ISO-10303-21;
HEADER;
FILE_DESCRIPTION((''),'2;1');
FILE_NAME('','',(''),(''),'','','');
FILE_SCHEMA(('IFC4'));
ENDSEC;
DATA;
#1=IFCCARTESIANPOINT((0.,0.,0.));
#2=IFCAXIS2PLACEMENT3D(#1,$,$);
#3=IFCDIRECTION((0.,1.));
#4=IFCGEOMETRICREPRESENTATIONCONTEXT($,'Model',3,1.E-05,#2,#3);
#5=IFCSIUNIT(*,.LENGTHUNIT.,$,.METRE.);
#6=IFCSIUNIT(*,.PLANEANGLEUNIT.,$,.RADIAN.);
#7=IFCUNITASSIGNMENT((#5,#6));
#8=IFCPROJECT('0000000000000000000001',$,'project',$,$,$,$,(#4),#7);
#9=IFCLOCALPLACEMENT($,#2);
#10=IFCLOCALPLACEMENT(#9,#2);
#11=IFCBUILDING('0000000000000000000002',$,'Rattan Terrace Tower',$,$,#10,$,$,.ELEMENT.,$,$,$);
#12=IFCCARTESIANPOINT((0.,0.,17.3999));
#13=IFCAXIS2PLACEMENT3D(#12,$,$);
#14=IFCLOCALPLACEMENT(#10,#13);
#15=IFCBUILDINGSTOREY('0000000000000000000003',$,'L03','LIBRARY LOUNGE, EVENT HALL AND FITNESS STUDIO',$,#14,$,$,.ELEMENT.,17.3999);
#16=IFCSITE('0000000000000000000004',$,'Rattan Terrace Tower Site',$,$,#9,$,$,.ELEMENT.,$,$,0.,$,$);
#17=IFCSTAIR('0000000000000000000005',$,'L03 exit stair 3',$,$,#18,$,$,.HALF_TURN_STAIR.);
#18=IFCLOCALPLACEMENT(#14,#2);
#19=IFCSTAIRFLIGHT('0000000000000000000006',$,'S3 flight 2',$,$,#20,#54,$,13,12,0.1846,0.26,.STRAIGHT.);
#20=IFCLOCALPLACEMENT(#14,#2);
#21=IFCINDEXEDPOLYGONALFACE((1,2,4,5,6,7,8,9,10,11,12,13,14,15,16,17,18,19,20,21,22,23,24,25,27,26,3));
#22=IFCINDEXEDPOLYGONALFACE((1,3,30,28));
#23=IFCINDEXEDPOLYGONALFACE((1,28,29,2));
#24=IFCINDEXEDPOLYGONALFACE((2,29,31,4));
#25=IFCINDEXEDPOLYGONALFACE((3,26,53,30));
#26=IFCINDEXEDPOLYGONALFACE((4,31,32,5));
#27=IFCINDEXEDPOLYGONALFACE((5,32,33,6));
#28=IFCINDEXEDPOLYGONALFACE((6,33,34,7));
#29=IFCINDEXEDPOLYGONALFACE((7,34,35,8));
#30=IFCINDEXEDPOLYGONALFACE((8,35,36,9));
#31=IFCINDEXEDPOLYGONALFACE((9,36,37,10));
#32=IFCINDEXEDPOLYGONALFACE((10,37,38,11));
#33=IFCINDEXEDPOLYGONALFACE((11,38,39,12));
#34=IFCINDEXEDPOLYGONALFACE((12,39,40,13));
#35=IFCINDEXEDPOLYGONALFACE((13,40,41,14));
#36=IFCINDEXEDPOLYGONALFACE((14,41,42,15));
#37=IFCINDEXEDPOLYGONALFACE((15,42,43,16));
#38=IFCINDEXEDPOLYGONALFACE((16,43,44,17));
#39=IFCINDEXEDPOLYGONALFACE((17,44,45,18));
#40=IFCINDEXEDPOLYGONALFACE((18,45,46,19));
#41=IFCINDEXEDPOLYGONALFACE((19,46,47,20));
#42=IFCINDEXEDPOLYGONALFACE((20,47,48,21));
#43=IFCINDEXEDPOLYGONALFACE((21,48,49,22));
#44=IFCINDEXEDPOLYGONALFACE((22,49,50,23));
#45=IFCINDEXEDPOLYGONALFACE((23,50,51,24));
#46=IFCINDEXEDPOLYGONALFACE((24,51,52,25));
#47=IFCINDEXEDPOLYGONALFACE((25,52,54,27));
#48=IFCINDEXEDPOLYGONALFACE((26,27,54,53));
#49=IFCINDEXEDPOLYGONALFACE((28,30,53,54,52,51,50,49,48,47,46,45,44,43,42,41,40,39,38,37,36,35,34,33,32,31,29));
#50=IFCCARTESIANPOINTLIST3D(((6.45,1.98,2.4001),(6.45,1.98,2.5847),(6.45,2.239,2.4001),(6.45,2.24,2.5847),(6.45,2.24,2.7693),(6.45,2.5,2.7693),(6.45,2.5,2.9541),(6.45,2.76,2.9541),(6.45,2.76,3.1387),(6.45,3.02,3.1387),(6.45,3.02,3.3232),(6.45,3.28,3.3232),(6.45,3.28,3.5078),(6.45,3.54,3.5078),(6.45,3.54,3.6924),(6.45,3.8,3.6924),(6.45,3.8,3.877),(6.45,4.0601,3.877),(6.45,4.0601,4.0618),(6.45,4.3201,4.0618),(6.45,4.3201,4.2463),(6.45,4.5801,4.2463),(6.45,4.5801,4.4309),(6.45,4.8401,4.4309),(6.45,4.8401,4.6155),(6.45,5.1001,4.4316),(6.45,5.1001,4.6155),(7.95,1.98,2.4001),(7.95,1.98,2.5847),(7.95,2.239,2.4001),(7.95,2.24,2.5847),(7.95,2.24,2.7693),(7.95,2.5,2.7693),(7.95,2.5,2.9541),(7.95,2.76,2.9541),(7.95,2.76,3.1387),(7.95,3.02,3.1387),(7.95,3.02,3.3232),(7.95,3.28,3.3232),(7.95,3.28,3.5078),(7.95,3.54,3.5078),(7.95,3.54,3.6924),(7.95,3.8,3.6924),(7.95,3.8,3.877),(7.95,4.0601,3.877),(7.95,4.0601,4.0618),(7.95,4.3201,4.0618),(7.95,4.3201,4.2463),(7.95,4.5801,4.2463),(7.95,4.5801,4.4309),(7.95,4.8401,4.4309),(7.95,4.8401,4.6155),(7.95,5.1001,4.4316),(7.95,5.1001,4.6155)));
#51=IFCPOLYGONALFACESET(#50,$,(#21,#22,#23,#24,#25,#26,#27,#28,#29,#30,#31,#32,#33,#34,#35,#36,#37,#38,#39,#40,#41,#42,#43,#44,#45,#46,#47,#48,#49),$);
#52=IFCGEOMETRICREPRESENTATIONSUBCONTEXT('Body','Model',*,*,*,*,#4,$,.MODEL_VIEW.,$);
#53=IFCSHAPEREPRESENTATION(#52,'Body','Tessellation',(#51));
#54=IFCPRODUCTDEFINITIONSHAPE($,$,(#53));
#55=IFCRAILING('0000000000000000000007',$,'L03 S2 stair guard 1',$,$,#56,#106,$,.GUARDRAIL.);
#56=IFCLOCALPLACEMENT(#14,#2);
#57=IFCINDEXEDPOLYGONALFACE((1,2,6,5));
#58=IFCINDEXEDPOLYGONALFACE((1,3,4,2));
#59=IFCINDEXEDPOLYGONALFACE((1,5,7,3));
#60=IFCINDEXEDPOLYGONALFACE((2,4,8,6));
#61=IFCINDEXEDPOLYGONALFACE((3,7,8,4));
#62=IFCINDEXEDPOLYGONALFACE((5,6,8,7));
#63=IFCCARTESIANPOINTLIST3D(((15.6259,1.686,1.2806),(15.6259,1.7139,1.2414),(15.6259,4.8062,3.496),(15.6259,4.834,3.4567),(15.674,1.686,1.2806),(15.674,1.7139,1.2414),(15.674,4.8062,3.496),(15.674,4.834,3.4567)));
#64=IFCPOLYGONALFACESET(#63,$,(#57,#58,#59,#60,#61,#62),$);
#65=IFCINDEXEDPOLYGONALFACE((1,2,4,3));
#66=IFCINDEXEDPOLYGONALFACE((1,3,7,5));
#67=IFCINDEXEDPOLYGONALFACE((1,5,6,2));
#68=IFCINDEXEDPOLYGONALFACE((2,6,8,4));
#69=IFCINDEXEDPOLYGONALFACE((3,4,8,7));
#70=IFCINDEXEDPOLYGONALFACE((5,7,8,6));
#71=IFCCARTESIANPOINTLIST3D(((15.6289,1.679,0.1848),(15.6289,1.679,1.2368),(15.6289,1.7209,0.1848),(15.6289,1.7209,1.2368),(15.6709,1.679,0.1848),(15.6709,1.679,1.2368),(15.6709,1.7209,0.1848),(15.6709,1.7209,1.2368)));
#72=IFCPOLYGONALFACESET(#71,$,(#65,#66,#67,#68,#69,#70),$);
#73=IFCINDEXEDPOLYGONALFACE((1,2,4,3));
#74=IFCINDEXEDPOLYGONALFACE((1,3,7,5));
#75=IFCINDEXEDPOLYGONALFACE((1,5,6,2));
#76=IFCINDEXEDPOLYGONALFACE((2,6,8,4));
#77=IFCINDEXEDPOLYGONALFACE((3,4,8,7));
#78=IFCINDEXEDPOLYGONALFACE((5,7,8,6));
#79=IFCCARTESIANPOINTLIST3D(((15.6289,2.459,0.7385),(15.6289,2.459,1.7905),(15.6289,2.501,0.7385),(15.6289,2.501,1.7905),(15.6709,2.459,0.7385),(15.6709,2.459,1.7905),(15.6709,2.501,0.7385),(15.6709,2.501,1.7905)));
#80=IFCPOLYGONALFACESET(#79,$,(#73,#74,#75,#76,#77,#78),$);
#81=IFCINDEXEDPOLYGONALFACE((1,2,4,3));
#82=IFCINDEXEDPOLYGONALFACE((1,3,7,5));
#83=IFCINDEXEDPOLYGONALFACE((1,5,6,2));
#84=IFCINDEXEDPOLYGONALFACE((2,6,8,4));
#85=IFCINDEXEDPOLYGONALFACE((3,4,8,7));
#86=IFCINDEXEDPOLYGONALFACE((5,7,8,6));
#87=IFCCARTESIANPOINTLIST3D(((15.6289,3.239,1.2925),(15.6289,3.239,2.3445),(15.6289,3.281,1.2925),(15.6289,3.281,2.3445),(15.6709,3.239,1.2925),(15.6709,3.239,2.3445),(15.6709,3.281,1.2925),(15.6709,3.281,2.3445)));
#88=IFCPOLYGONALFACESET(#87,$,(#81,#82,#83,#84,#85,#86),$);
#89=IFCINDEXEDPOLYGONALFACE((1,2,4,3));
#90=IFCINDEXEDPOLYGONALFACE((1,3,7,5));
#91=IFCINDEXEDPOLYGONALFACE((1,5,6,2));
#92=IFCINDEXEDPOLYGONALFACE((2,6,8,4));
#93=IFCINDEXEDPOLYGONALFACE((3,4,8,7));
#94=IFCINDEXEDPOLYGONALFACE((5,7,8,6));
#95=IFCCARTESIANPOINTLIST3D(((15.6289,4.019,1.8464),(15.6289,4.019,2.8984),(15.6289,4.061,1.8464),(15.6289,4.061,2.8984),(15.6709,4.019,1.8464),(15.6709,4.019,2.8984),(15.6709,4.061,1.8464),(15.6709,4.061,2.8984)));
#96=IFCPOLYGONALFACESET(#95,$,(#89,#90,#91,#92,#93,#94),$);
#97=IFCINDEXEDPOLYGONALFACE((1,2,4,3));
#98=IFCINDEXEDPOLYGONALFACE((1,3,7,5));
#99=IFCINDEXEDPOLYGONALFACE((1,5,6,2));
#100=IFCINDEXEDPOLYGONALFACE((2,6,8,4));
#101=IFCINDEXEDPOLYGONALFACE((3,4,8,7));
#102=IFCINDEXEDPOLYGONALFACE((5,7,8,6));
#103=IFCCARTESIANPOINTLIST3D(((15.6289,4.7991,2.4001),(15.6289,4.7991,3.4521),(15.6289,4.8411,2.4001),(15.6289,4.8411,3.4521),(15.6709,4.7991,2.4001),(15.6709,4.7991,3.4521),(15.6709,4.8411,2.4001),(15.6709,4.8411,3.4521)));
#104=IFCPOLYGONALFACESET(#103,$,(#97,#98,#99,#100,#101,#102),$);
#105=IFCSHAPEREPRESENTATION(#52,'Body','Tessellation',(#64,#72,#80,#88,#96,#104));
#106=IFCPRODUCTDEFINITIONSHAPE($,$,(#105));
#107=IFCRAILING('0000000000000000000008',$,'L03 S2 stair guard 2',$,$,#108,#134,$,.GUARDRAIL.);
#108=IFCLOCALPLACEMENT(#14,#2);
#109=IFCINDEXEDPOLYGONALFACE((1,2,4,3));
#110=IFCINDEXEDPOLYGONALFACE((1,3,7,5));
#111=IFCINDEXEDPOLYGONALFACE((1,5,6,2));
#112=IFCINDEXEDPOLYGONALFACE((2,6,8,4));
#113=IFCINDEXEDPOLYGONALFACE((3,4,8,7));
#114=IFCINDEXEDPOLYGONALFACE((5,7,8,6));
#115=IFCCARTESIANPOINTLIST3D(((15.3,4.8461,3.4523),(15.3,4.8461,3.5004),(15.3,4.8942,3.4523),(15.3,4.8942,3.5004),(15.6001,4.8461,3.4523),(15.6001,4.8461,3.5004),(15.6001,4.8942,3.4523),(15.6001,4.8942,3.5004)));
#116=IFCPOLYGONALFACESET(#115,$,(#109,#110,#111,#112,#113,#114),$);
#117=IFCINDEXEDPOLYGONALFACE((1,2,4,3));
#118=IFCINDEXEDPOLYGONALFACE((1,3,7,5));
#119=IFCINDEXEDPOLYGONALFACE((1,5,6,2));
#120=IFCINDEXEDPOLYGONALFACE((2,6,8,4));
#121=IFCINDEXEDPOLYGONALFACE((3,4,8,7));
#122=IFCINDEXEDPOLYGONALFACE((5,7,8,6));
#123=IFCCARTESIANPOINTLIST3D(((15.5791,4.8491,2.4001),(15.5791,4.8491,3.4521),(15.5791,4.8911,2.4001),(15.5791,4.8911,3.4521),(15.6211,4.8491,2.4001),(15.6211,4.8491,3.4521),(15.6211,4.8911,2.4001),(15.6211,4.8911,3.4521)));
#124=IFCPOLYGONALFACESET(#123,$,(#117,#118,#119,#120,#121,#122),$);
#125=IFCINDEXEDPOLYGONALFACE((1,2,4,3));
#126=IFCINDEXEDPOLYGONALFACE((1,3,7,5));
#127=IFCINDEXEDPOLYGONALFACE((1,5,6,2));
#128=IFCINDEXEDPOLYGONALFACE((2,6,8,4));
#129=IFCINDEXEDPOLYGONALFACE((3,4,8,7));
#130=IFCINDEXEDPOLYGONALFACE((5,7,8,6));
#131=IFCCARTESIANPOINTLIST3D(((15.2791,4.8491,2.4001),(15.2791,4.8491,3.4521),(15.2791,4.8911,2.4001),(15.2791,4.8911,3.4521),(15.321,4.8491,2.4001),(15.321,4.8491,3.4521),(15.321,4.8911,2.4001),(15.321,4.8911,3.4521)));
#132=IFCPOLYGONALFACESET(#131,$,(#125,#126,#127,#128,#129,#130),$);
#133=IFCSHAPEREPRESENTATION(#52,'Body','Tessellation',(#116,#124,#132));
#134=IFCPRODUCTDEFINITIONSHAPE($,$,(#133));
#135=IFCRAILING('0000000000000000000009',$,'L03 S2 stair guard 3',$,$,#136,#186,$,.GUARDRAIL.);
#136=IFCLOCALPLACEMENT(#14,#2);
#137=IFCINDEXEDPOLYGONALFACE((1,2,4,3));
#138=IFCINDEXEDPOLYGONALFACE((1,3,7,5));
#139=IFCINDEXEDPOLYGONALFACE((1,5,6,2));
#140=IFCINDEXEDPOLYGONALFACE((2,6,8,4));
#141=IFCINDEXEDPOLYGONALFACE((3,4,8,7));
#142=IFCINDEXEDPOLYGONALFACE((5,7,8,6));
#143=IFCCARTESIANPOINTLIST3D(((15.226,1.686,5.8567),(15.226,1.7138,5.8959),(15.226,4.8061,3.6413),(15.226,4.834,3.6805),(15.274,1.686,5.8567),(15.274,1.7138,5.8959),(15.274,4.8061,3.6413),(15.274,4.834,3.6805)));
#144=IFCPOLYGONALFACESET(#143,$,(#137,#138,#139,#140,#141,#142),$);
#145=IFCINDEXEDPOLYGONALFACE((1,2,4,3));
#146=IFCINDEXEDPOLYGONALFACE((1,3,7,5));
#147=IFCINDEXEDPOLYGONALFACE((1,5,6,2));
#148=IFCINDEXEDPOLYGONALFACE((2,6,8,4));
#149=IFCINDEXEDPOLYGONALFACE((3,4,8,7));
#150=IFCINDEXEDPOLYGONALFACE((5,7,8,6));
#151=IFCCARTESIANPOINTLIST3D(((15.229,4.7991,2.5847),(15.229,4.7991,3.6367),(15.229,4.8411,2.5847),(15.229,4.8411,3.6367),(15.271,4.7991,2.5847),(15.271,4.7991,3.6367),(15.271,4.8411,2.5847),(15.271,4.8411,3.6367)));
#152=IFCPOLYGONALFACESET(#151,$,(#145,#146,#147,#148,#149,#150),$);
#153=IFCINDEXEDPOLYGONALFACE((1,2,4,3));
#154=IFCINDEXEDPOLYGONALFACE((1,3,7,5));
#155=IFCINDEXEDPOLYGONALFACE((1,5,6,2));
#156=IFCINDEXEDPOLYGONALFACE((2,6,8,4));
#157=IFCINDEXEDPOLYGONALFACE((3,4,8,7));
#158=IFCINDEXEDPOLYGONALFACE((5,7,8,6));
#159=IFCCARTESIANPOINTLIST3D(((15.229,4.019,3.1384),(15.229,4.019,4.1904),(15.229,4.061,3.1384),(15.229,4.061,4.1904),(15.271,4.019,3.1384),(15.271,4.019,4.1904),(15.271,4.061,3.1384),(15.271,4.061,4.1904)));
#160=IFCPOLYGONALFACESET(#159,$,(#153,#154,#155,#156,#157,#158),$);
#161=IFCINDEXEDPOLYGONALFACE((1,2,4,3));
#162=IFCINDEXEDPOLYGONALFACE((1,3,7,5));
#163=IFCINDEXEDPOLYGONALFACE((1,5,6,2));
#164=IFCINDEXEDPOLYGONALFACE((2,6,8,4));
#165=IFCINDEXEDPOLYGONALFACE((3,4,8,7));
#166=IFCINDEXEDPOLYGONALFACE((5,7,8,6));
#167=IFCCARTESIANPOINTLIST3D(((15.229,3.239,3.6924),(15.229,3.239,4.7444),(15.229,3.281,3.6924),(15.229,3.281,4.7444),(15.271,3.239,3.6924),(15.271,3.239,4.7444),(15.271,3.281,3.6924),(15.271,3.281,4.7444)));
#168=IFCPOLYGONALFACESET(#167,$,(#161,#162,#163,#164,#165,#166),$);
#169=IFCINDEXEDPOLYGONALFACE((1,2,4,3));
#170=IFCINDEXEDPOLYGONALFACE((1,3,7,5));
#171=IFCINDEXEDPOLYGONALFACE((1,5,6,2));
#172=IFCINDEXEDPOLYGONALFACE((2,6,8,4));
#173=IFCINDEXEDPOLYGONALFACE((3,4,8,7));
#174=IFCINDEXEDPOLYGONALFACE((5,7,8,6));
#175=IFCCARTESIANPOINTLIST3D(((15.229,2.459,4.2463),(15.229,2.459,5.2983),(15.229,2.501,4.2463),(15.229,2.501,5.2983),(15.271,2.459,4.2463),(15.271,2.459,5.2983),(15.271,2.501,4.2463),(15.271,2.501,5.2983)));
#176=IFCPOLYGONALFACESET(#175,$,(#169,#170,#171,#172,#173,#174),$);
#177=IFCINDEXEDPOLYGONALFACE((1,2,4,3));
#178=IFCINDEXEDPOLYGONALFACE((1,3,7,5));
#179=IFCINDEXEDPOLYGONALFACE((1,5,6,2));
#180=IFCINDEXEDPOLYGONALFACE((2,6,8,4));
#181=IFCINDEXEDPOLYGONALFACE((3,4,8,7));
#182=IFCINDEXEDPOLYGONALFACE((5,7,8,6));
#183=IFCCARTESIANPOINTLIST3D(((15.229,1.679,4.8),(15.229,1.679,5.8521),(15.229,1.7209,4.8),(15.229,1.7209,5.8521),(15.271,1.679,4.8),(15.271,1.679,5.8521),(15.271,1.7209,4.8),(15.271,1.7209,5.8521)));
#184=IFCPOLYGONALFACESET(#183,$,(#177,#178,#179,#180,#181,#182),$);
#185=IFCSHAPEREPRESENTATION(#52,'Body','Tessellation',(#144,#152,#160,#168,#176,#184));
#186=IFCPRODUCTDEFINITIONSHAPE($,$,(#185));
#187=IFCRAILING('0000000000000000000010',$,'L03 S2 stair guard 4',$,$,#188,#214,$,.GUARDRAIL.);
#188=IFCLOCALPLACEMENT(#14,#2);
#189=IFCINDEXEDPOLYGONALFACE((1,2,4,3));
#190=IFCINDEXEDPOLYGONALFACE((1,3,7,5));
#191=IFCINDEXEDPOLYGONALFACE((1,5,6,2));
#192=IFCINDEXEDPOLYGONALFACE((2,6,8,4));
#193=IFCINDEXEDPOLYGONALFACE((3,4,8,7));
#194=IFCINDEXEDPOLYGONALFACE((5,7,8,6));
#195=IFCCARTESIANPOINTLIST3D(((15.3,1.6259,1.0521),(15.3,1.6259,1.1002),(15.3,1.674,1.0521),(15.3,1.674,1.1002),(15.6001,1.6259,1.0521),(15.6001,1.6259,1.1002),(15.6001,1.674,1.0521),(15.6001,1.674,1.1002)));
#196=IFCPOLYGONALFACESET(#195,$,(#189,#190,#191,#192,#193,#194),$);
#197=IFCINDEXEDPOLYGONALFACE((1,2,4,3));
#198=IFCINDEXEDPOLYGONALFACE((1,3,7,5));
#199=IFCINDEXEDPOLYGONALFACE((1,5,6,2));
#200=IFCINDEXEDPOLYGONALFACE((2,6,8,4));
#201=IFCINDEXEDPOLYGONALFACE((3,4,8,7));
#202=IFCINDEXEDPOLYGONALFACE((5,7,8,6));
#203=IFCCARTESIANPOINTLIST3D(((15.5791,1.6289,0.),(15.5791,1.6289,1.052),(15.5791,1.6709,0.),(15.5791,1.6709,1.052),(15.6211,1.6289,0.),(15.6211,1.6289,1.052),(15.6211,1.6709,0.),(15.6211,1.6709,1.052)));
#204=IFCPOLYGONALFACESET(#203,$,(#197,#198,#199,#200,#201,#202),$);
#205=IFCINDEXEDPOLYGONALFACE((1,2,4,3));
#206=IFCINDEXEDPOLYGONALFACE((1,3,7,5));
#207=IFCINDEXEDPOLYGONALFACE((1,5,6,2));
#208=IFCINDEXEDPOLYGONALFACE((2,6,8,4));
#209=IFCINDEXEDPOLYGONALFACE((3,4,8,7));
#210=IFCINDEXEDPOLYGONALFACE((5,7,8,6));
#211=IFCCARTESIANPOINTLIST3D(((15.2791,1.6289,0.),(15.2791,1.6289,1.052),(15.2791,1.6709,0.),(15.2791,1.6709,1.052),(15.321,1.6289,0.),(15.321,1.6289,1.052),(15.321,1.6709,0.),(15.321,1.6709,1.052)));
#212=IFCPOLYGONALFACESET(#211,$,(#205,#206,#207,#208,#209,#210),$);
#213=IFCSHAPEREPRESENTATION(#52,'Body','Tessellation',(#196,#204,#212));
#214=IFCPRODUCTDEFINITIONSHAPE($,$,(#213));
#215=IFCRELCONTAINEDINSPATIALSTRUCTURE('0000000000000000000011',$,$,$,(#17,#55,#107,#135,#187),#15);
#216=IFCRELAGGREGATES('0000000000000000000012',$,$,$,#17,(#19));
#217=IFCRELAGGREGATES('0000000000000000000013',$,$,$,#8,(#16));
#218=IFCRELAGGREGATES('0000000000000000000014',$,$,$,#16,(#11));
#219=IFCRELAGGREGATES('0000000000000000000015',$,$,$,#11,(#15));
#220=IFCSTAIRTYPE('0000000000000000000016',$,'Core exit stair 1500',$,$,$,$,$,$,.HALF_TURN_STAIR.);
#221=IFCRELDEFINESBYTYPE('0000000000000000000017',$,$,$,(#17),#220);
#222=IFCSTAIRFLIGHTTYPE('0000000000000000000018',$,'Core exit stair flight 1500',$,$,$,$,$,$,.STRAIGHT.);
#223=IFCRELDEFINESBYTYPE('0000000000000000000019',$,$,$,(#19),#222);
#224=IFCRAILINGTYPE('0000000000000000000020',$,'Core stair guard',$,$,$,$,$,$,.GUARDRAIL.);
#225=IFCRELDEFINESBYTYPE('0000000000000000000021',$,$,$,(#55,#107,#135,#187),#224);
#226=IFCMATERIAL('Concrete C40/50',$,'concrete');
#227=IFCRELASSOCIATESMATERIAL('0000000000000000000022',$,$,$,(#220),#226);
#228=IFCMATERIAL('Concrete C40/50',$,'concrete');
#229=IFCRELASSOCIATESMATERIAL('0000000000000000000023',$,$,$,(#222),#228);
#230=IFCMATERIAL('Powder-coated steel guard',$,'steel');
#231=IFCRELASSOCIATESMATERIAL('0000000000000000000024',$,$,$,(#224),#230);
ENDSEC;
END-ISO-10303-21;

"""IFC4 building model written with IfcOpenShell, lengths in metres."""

from ifc_helpers import new_model, si_unit, direction, frame, origin, origin_2d, place, context, subcontext, project, spatial, polyline, rectangle, outline, extrude, material, type_object, element, aggregate, save


model = new_model("IFC4")

# Units and contexts
model_context = context("Model", 3, precision=1e-05, world=origin(), true_north=direction((0.0, 1.0)))
body_context = subcontext(model_context, "Body", "Model", "MODEL_VIEW")
ifc_project = project(units=[si_unit("LENGTHUNIT", "METRE"), si_unit("PLANEANGLEUNIT", "RADIAN")], contexts=[model_context])

# Site, building, storey
site_placement = place(None, origin())
site = spatial("IfcSite", under=ifc_project, at=site_placement, Name="Rattan Terrace Tower Site", CompositionType="ELEMENT", RefElevation=0.0)
building_placement = place(site_placement, origin())
building = spatial("IfcBuilding", under=site, at=building_placement, Name="Rattan Terrace Tower", CompositionType="ELEMENT")
storey_placement = place(building_placement, frame((0.0, 0.0, 17.3999)))
storey = spatial("IfcBuildingStorey", under=building, at=storey_placement, Name="L03", Description="LIBRARY LOUNGE, EVENT HALL AND FITNESS STUDIO", CompositionType="ELEMENT", Elevation=17.3999)

# Shared definitions
ifc_material_1 = material(Name="Concrete C40/50", Category="concrete")
stair_type = type_object("IfcStairType", Name="Core exit stair 1500", PredefinedType="HALF_TURN_STAIR", material=ifc_material_1)
ifc_material_2 = material(Name="Concrete C40/50", Category="concrete")
stair_flight_type = type_object("IfcStairFlightType", Name="Core exit stair flight 1500", PredefinedType="STRAIGHT", material=ifc_material_2)

# Stair, stair flight
stair_1_placement = place(storey_placement, origin())
stair_1 = element("IfcStair", 1, at=stair_1_placement, inside=storey, type_object=stair_type, Name="L03 exit stair 3", PredefinedType="HALF_TURN_STAIR")
stair_flight_1_placement = place(storey_placement, frame((7.2, 1.98, 2.4001), z_axis=(0.0, 0.0, 1.0), x_axis=(0.0, 1.0, 0.0)))
stair_flight_1 = element("IfcStairFlight", 2, at=stair_flight_1_placement, type_object=stair_flight_type, Name="S3 flight 2", NumberOfRisers=13, NumberOfTreads=12, PredefinedType="STRAIGHT", RiserHeight=0.1846, TreadLength=0.26, context=body_context, shape_type="SweptSolid", body=[
    extrude(outline(polyline([(0.0, 0.0), (0.0, 0.1846), (0.26, 0.1846), (0.26, 0.3691), (0.52, 0.3691), (0.52, 0.554), (0.78, 0.554), (0.78, 0.7385), (1.04, 0.7385), (1.04, 0.9231), (1.3, 0.9231), (1.3, 1.1077), (1.5601, 1.1077), (1.5601, 1.2922), (1.8201, 1.2922), (1.8201, 1.4768), (2.0801, 1.4768), (2.0801, 1.6616), (2.3401, 1.6616), (2.3401, 1.8462), (2.6001, 1.8462), (2.6001, 2.0308), (2.8601, 2.0308), (2.8601, 2.2153), (3.1201, 2.2153), (3.1201, 2.3999), (3.1201, 2.0315), (0.259, 0.0), (0.0, 0.0)])), frame((0.0, 0.75, 0.0), z_axis=(0.0, -1.0, 0.0), x_axis=(1.0, 0.0, 0.0)), (0.0, 0.0, 1.0), 1.5),
])
aggregate(stair_1, [stair_flight_1])

# Railings
ifc_material_3 = material(Name="Powder-coated steel guard", Category="steel")
railing_type_1 = type_object("IfcRailingType", Name="Core stair guard", PredefinedType="GUARDRAIL", material=ifc_material_3)
railing_1_placement = place(storey_placement, frame((15.6499, 1.7, 0.1848)))
element("IfcRailing", 3, at=railing_1_placement, inside=storey, type_object=railing_type_1, Name="L03 S2 stair guard 1", PredefinedType="GUARDRAIL", context=body_context, shape_type="SweptSolid", body=[
    extrude(rectangle(XDim=0.0481, YDim=0.0481, at=origin_2d()), frame((0.0, 0.0, 1.0762), z_axis=(0.0, 0.815377, 0.57893), x_axis=(-1.0, 0.0, 0.0)), (0.0, 0.0, 1.0), 3.8267),
    extrude(rectangle(XDim=0.042, YDim=0.042, at=origin_2d()), origin(), (0.0, 0.0, 1.0), 1.052),
    extrude(rectangle(XDim=0.042, YDim=0.042, at=origin_2d()), frame((0.0, 0.78, 0.5537)), (0.0, 0.0, 1.0), 1.052),
    extrude(rectangle(XDim=0.042, YDim=0.042, at=origin_2d()), frame((0.0, 1.5601, 1.1077)), (0.0, 0.0, 1.0), 1.052),
    extrude(rectangle(XDim=0.042, YDim=0.042, at=origin_2d()), frame((0.0, 2.3401, 1.6616)), (0.0, 0.0, 1.0), 1.052),
    extrude(rectangle(XDim=0.042, YDim=0.042, at=origin_2d()), frame((0.0, 3.1201, 2.2153)), (0.0, 0.0, 1.0), 1.052),
])
railing_2_placement = place(storey_placement, frame((15.6001, 4.8701, 2.4001)))
element("IfcRailing", 4, at=railing_2_placement, inside=storey, type_object=railing_type_1, Name="L03 S2 stair guard 2", PredefinedType="GUARDRAIL", context=body_context, shape_type="SweptSolid", body=[
    extrude(rectangle(XDim=0.0481, YDim=0.0481, at=origin_2d()), frame((0.0, 0.0, 1.0762), z_axis=(-1.0, 0.0, 0.0), x_axis=(0.0, -1.0, 0.0)), (0.0, 0.0, 1.0), 0.3),
    extrude(rectangle(XDim=0.042, YDim=0.042, at=origin_2d()), origin(), (0.0, 0.0, 1.0), 1.052),
    extrude(rectangle(XDim=0.042, YDim=0.042, at=origin_2d()), frame((-0.3, 0.0, 0.0)), (0.0, 0.0, 1.0), 1.052),
])
railing_3_placement = place(storey_placement, frame((15.25, 4.8201, 2.5847)))
element("IfcRailing", 5, at=railing_3_placement, inside=storey, type_object=railing_type_1, Name="L03 S2 stair guard 3", PredefinedType="GUARDRAIL", context=body_context, shape_type="SweptSolid", body=[
    extrude(rectangle(XDim=0.0481, YDim=0.0481, at=origin_2d()), frame((0.0, 0.0, 1.0762), z_axis=(0.0, -0.815377, 0.57893), x_axis=(1.0, 0.0, 0.0)), (0.0, 0.0, 1.0), 3.8267),
    extrude(rectangle(XDim=0.042, YDim=0.042, at=origin_2d()), origin(), (0.0, 0.0, 1.0), 1.052),
    extrude(rectangle(XDim=0.042, YDim=0.042, at=origin_2d()), frame((0.0, -0.78, 0.5537)), (0.0, 0.0, 1.0), 1.052),
    extrude(rectangle(XDim=0.042, YDim=0.042, at=origin_2d()), frame((0.0, -1.5601, 1.1077)), (0.0, 0.0, 1.0), 1.052),
    extrude(rectangle(XDim=0.042, YDim=0.042, at=origin_2d()), frame((0.0, -2.3401, 1.6616)), (0.0, 0.0, 1.0), 1.052),
    extrude(rectangle(XDim=0.042, YDim=0.042, at=origin_2d()), frame((0.0, -3.1201, 2.2153)), (0.0, 0.0, 1.0), 1.052),
])
railing_4_placement = place(storey_placement, frame((15.6001, 1.6499, 0.0)))
element("IfcRailing", 6, at=railing_4_placement, inside=storey, type_object=railing_type_1, Name="L03 S2 stair guard 4", PredefinedType="GUARDRAIL", context=body_context, shape_type="SweptSolid", body=[
    extrude(rectangle(XDim=0.0481, YDim=0.0481, at=origin_2d()), frame((0.0, 0.0, 1.0762), z_axis=(-1.0, 0.0, 0.0), x_axis=(0.0, -1.0, 0.0)), (0.0, 0.0, 1.0), 0.3),
    extrude(rectangle(XDim=0.042, YDim=0.042, at=origin_2d()), origin(), (0.0, 0.0, 1.0), 1.052),
    extrude(rectangle(XDim=0.042, YDim=0.042, at=origin_2d()), frame((-0.3, 0.0, 0.0)), (0.0, 0.0, 1.0), 1.052),
])

save(model, "model.ifc")
